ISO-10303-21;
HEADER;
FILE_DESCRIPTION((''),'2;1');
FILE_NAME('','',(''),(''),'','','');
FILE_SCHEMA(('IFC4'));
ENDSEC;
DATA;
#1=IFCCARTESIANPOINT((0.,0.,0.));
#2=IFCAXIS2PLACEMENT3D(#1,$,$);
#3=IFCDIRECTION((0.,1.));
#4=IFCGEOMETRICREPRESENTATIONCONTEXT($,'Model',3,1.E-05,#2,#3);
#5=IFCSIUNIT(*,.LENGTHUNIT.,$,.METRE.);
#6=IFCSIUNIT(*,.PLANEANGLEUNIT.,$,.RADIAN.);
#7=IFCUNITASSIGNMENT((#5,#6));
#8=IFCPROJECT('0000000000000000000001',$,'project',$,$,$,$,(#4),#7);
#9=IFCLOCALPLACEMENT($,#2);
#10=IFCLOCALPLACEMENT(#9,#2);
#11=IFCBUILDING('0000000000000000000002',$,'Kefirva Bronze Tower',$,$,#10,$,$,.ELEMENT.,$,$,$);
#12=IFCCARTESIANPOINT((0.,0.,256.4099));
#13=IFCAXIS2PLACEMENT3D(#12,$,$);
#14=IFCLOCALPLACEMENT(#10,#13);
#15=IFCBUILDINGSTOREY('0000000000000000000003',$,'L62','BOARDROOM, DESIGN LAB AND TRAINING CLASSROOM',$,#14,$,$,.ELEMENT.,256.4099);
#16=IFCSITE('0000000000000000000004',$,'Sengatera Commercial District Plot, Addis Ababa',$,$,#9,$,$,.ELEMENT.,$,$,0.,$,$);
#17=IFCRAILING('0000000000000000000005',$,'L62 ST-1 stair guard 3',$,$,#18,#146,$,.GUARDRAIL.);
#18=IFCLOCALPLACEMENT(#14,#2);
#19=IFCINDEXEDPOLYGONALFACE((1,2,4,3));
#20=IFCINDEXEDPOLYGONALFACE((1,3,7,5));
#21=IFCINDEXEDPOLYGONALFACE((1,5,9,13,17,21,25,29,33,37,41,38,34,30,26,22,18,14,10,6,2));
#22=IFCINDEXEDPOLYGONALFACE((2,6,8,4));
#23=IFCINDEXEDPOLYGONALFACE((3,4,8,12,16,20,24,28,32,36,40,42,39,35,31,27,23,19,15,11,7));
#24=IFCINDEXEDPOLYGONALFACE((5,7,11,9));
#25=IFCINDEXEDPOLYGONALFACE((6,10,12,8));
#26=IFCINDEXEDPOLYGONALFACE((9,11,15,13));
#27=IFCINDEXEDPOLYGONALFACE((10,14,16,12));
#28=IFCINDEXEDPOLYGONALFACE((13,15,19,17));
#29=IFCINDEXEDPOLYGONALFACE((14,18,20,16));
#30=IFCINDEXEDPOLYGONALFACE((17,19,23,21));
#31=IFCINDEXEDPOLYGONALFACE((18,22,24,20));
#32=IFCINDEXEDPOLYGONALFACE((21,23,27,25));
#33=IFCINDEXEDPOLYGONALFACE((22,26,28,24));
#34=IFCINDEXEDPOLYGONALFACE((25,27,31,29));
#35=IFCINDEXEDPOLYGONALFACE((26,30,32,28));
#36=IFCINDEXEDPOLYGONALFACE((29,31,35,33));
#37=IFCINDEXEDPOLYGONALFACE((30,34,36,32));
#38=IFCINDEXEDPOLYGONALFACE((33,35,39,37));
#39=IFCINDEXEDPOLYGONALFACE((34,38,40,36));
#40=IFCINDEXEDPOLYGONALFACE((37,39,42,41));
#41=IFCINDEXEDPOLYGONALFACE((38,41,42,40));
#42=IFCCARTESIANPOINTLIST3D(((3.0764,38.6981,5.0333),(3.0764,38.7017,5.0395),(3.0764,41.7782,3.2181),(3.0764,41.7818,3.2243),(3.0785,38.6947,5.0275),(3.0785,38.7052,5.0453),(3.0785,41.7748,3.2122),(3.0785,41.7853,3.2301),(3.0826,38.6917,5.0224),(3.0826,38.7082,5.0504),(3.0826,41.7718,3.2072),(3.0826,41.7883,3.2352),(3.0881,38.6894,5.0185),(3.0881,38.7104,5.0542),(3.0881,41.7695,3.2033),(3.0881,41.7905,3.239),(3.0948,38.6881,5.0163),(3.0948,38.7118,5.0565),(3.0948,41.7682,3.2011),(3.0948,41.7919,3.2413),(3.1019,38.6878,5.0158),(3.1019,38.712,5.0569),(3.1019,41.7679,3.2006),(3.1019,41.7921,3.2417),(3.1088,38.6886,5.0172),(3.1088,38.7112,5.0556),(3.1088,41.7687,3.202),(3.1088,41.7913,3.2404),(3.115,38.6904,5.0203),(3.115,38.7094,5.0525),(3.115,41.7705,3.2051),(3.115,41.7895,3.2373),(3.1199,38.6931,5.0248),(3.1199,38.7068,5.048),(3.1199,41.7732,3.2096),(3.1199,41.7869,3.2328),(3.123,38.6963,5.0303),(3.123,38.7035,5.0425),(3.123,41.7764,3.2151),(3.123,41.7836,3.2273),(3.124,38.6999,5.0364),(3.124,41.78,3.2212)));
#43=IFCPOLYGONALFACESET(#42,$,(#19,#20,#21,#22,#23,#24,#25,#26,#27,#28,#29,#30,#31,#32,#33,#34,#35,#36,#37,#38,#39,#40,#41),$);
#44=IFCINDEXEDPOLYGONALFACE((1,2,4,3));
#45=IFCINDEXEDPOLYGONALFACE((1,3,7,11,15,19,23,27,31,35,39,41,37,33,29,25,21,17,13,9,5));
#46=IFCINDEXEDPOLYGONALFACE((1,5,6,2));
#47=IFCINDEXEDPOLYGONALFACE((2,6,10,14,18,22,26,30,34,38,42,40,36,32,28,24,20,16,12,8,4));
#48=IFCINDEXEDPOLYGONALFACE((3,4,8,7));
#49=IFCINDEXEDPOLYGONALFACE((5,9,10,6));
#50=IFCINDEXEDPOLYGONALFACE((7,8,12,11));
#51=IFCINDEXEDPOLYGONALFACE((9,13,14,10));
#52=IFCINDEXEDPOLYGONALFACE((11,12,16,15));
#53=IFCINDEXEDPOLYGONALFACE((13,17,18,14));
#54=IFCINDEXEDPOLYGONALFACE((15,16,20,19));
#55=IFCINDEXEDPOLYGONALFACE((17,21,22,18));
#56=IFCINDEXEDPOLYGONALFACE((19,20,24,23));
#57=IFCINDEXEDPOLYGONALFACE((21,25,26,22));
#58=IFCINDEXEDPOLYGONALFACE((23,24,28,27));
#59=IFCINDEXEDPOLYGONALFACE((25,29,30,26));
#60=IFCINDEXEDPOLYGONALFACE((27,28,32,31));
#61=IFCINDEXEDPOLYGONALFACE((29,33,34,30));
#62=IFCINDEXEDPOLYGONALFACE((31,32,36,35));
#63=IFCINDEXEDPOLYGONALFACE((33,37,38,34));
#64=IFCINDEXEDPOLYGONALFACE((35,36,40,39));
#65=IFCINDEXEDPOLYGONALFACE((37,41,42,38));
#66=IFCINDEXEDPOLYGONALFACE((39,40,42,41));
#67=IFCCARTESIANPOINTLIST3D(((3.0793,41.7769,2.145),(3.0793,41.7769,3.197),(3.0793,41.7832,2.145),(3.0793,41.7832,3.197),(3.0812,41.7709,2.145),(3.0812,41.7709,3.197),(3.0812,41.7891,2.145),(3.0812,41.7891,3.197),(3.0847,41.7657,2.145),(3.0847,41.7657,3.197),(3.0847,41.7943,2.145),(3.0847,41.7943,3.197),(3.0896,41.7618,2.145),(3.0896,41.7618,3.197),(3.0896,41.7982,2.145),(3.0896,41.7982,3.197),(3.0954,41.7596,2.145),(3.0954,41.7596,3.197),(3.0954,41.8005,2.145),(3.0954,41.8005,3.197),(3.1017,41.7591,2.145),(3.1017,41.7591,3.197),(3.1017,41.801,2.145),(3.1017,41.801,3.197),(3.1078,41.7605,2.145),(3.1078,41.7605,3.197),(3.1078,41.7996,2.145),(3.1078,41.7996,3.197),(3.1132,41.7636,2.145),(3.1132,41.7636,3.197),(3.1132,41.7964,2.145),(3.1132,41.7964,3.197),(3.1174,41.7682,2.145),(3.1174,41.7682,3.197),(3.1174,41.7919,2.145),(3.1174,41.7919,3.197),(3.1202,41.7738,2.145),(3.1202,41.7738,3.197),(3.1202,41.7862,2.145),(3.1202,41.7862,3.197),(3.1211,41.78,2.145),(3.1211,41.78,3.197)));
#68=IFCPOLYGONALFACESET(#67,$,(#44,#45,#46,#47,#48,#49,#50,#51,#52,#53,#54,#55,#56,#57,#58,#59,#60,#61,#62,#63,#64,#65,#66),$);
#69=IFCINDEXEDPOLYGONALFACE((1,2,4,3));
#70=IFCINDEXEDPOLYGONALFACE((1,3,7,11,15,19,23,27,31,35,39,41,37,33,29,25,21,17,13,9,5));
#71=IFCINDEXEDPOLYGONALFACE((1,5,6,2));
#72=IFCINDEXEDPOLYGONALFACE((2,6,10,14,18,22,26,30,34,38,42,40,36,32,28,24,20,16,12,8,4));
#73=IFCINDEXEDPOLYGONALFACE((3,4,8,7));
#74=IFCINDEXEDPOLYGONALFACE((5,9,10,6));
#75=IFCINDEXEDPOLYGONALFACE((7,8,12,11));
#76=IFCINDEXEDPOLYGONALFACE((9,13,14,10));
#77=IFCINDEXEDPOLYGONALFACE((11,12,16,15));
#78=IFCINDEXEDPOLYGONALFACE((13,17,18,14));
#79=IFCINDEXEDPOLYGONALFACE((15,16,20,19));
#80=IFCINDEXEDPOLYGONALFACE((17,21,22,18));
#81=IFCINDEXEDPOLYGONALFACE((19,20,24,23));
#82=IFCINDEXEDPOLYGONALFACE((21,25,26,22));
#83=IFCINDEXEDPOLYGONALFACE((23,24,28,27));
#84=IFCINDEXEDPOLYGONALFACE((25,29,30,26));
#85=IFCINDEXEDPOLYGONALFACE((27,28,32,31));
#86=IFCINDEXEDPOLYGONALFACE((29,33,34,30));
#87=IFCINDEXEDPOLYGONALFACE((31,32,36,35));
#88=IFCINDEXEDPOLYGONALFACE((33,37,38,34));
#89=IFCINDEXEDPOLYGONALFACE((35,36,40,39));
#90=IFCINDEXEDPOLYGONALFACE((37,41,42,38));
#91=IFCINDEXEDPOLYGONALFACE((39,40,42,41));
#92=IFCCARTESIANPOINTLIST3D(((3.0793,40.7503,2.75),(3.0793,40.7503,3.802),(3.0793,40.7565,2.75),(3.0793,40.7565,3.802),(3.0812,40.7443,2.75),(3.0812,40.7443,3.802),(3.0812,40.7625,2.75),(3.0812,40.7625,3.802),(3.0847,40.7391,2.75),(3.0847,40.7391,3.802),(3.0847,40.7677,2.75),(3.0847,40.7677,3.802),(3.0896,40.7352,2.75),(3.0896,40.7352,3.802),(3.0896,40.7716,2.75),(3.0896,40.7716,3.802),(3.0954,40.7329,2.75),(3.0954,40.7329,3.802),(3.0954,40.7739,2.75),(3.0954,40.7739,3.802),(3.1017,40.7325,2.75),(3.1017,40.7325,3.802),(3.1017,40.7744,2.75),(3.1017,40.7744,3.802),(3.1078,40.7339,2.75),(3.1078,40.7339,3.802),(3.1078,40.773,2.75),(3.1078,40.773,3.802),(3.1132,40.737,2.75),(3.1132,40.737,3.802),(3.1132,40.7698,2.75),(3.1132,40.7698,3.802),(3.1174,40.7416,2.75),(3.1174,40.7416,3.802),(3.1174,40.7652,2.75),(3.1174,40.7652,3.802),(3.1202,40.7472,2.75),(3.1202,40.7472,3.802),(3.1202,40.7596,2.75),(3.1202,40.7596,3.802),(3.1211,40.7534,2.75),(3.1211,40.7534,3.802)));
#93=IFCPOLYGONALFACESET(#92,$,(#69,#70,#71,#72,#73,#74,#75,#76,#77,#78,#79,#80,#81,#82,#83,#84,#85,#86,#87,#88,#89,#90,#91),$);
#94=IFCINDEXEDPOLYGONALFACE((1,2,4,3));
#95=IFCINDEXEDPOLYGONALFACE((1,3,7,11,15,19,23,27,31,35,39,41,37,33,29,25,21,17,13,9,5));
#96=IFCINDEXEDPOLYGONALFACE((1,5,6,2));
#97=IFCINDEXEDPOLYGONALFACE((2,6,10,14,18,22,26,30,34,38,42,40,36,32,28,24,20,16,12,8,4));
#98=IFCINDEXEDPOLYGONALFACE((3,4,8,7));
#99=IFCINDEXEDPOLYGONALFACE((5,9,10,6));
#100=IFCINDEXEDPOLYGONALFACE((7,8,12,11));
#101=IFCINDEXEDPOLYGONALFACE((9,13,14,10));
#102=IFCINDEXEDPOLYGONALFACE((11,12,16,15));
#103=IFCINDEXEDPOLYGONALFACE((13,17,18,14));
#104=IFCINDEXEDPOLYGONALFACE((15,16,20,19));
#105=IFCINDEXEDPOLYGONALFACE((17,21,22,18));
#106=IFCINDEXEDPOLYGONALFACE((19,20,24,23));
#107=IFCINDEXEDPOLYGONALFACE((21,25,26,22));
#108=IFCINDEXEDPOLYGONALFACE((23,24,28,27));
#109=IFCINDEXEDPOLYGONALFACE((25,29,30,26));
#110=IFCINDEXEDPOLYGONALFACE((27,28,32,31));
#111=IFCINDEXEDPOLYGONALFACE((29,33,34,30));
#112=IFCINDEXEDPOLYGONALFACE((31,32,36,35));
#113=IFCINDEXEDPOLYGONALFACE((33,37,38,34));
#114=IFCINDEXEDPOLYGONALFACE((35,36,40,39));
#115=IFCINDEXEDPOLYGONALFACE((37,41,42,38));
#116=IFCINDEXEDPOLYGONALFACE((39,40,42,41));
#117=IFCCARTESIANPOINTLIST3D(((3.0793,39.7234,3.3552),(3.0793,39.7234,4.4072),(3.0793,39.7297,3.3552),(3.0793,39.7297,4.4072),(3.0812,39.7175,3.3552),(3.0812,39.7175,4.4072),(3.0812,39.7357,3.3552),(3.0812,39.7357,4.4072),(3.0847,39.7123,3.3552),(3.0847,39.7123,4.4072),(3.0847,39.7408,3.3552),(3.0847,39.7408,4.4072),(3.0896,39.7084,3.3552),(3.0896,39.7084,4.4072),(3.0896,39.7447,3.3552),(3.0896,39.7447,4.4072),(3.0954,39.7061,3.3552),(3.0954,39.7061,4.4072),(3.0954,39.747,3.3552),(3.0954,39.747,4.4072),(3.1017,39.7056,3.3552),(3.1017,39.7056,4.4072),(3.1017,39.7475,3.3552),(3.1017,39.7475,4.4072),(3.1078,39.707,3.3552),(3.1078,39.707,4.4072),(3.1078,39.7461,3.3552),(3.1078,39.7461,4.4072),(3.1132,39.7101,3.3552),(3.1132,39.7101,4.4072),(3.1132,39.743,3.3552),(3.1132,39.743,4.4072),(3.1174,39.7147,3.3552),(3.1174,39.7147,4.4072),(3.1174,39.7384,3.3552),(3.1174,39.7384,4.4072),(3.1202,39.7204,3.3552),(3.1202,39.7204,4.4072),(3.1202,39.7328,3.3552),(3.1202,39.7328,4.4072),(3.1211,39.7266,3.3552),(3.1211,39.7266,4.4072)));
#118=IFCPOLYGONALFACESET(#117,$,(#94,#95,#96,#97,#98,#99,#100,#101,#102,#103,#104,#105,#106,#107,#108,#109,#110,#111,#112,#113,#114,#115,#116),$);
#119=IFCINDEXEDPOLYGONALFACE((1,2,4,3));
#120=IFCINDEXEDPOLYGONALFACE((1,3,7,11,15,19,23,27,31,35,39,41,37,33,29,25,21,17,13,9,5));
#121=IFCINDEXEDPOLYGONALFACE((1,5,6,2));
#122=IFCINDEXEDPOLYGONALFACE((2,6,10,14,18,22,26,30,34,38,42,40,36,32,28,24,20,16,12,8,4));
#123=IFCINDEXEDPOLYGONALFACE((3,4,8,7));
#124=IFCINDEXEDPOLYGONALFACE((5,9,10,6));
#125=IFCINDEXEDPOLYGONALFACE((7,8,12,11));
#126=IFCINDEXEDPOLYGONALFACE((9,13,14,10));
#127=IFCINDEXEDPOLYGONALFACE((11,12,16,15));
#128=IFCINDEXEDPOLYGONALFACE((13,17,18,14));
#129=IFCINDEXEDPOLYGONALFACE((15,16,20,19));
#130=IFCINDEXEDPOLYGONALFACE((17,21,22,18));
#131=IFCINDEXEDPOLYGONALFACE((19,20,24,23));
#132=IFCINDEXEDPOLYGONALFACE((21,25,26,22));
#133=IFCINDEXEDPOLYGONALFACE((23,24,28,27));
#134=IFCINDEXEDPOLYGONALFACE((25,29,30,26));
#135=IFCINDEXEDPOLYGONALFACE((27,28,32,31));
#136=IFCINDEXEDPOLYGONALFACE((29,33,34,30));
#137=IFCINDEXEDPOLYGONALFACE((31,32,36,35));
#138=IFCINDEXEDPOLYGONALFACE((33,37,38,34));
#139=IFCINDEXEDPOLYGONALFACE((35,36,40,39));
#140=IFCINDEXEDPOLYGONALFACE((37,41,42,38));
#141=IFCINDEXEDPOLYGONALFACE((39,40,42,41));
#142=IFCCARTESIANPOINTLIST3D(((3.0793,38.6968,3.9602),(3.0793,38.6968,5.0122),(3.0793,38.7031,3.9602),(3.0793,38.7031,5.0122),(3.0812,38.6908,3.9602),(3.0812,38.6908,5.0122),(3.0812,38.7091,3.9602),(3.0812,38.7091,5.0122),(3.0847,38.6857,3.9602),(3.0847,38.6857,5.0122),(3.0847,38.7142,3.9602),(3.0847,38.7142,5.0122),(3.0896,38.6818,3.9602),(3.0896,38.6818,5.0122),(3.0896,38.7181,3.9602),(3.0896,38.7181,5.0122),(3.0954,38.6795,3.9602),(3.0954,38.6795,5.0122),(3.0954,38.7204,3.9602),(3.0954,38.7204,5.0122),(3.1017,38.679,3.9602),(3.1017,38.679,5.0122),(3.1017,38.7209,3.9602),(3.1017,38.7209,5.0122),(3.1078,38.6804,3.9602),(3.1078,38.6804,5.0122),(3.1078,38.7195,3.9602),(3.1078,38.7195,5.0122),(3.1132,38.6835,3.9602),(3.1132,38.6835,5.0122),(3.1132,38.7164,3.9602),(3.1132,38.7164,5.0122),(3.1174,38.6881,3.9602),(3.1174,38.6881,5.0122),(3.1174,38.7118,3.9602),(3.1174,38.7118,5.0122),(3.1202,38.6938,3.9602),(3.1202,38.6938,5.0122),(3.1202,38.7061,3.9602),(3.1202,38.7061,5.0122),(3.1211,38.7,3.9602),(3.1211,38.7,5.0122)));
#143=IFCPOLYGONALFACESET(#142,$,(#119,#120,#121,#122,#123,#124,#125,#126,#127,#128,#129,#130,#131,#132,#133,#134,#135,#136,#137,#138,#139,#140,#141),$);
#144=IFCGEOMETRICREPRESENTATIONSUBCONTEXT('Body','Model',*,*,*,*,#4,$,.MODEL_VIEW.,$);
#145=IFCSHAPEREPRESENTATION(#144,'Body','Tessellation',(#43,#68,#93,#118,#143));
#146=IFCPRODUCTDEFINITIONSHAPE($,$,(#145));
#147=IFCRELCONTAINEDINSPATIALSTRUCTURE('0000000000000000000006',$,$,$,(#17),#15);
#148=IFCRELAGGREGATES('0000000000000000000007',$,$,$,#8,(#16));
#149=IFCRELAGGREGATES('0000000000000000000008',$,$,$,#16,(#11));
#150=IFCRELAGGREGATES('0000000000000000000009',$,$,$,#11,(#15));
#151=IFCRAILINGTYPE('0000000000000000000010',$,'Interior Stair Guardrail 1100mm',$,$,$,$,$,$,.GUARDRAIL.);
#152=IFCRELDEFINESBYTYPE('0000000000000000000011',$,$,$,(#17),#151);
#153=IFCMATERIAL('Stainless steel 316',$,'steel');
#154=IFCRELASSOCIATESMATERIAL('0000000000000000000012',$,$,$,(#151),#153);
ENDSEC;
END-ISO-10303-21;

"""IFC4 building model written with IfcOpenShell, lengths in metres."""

from ifc_helpers import new_model, si_unit, direction, frame, origin, origin_2d, place, context, subcontext, project, spatial, circle, extrude, material, type_object, element, save


model = new_model("IFC4")

# Units and contexts
model_context = context("Model", 3, precision=1e-05, world=origin(), true_north=direction((0.0, 1.0)))
body_context = subcontext(model_context, "Body", "Model", "MODEL_VIEW")
ifc_project = project(units=[si_unit("LENGTHUNIT", "METRE"), si_unit("PLANEANGLEUNIT", "RADIAN")], contexts=[model_context])

# Site, building, storey
site_placement = place(None, origin())
site = spatial("IfcSite", under=ifc_project, at=site_placement, Name="Sengatera Commercial District Plot, Addis Ababa", CompositionType="ELEMENT", RefElevation=0.0)
building_placement = place(site_placement, origin())
building = spatial("IfcBuilding", under=site, at=building_placement, Name="Kefirva Bronze Tower", CompositionType="ELEMENT")
storey_placement = place(building_placement, frame((0.0, 0.0, 256.4099)))
storey = spatial("IfcBuildingStorey", under=building, at=storey_placement, Name="L62", Description="BOARDROOM, DESIGN LAB AND TRAINING CLASSROOM", CompositionType="ELEMENT", Elevation=256.4099)

# Railing
ifc_material_1 = material(Name="Stainless steel 316", Category="steel")
railing_type_1 = type_object("IfcRailingType", Name="Interior Stair Guardrail 1100mm", PredefinedType="GUARDRAIL", material=ifc_material_1)
railing_1_placement = place(storey_placement, frame((3.1001, 41.78, 2.145)))
element("IfcRailing", 1, at=railing_1_placement, inside=storey, type_object=railing_type_1, Name="L62 ST-1 stair guard 3", PredefinedType="GUARDRAIL", context=body_context, shape_type="SweptSolid", body=[
    extrude(circle(Radius=0.0239, at=origin_2d()), frame((0.0, 0.0, 1.0762), z_axis=(0.0, -0.861521, 0.507721), x_axis=(1.0, 0.0, 0.0)), (0.0, 0.0, 1.0), 3.5752),
    extrude(circle(Radius=0.021, at=origin_2d()), origin(), (0.0, 0.0, 1.0), 1.052),
    extrude(circle(Radius=0.021, at=origin_2d()), frame((0.0, -1.0266, 0.605)), (0.0, 0.0, 1.0), 1.052),
    extrude(circle(Radius=0.021, at=origin_2d()), frame((0.0, -2.0535, 1.2102)), (0.0, 0.0, 1.0), 1.052),
    extrude(circle(Radius=0.021, at=origin_2d()), frame((0.0, -3.0801, 1.8152)), (0.0, 0.0, 1.0), 1.052),
])

save(model, "model.ifc")
